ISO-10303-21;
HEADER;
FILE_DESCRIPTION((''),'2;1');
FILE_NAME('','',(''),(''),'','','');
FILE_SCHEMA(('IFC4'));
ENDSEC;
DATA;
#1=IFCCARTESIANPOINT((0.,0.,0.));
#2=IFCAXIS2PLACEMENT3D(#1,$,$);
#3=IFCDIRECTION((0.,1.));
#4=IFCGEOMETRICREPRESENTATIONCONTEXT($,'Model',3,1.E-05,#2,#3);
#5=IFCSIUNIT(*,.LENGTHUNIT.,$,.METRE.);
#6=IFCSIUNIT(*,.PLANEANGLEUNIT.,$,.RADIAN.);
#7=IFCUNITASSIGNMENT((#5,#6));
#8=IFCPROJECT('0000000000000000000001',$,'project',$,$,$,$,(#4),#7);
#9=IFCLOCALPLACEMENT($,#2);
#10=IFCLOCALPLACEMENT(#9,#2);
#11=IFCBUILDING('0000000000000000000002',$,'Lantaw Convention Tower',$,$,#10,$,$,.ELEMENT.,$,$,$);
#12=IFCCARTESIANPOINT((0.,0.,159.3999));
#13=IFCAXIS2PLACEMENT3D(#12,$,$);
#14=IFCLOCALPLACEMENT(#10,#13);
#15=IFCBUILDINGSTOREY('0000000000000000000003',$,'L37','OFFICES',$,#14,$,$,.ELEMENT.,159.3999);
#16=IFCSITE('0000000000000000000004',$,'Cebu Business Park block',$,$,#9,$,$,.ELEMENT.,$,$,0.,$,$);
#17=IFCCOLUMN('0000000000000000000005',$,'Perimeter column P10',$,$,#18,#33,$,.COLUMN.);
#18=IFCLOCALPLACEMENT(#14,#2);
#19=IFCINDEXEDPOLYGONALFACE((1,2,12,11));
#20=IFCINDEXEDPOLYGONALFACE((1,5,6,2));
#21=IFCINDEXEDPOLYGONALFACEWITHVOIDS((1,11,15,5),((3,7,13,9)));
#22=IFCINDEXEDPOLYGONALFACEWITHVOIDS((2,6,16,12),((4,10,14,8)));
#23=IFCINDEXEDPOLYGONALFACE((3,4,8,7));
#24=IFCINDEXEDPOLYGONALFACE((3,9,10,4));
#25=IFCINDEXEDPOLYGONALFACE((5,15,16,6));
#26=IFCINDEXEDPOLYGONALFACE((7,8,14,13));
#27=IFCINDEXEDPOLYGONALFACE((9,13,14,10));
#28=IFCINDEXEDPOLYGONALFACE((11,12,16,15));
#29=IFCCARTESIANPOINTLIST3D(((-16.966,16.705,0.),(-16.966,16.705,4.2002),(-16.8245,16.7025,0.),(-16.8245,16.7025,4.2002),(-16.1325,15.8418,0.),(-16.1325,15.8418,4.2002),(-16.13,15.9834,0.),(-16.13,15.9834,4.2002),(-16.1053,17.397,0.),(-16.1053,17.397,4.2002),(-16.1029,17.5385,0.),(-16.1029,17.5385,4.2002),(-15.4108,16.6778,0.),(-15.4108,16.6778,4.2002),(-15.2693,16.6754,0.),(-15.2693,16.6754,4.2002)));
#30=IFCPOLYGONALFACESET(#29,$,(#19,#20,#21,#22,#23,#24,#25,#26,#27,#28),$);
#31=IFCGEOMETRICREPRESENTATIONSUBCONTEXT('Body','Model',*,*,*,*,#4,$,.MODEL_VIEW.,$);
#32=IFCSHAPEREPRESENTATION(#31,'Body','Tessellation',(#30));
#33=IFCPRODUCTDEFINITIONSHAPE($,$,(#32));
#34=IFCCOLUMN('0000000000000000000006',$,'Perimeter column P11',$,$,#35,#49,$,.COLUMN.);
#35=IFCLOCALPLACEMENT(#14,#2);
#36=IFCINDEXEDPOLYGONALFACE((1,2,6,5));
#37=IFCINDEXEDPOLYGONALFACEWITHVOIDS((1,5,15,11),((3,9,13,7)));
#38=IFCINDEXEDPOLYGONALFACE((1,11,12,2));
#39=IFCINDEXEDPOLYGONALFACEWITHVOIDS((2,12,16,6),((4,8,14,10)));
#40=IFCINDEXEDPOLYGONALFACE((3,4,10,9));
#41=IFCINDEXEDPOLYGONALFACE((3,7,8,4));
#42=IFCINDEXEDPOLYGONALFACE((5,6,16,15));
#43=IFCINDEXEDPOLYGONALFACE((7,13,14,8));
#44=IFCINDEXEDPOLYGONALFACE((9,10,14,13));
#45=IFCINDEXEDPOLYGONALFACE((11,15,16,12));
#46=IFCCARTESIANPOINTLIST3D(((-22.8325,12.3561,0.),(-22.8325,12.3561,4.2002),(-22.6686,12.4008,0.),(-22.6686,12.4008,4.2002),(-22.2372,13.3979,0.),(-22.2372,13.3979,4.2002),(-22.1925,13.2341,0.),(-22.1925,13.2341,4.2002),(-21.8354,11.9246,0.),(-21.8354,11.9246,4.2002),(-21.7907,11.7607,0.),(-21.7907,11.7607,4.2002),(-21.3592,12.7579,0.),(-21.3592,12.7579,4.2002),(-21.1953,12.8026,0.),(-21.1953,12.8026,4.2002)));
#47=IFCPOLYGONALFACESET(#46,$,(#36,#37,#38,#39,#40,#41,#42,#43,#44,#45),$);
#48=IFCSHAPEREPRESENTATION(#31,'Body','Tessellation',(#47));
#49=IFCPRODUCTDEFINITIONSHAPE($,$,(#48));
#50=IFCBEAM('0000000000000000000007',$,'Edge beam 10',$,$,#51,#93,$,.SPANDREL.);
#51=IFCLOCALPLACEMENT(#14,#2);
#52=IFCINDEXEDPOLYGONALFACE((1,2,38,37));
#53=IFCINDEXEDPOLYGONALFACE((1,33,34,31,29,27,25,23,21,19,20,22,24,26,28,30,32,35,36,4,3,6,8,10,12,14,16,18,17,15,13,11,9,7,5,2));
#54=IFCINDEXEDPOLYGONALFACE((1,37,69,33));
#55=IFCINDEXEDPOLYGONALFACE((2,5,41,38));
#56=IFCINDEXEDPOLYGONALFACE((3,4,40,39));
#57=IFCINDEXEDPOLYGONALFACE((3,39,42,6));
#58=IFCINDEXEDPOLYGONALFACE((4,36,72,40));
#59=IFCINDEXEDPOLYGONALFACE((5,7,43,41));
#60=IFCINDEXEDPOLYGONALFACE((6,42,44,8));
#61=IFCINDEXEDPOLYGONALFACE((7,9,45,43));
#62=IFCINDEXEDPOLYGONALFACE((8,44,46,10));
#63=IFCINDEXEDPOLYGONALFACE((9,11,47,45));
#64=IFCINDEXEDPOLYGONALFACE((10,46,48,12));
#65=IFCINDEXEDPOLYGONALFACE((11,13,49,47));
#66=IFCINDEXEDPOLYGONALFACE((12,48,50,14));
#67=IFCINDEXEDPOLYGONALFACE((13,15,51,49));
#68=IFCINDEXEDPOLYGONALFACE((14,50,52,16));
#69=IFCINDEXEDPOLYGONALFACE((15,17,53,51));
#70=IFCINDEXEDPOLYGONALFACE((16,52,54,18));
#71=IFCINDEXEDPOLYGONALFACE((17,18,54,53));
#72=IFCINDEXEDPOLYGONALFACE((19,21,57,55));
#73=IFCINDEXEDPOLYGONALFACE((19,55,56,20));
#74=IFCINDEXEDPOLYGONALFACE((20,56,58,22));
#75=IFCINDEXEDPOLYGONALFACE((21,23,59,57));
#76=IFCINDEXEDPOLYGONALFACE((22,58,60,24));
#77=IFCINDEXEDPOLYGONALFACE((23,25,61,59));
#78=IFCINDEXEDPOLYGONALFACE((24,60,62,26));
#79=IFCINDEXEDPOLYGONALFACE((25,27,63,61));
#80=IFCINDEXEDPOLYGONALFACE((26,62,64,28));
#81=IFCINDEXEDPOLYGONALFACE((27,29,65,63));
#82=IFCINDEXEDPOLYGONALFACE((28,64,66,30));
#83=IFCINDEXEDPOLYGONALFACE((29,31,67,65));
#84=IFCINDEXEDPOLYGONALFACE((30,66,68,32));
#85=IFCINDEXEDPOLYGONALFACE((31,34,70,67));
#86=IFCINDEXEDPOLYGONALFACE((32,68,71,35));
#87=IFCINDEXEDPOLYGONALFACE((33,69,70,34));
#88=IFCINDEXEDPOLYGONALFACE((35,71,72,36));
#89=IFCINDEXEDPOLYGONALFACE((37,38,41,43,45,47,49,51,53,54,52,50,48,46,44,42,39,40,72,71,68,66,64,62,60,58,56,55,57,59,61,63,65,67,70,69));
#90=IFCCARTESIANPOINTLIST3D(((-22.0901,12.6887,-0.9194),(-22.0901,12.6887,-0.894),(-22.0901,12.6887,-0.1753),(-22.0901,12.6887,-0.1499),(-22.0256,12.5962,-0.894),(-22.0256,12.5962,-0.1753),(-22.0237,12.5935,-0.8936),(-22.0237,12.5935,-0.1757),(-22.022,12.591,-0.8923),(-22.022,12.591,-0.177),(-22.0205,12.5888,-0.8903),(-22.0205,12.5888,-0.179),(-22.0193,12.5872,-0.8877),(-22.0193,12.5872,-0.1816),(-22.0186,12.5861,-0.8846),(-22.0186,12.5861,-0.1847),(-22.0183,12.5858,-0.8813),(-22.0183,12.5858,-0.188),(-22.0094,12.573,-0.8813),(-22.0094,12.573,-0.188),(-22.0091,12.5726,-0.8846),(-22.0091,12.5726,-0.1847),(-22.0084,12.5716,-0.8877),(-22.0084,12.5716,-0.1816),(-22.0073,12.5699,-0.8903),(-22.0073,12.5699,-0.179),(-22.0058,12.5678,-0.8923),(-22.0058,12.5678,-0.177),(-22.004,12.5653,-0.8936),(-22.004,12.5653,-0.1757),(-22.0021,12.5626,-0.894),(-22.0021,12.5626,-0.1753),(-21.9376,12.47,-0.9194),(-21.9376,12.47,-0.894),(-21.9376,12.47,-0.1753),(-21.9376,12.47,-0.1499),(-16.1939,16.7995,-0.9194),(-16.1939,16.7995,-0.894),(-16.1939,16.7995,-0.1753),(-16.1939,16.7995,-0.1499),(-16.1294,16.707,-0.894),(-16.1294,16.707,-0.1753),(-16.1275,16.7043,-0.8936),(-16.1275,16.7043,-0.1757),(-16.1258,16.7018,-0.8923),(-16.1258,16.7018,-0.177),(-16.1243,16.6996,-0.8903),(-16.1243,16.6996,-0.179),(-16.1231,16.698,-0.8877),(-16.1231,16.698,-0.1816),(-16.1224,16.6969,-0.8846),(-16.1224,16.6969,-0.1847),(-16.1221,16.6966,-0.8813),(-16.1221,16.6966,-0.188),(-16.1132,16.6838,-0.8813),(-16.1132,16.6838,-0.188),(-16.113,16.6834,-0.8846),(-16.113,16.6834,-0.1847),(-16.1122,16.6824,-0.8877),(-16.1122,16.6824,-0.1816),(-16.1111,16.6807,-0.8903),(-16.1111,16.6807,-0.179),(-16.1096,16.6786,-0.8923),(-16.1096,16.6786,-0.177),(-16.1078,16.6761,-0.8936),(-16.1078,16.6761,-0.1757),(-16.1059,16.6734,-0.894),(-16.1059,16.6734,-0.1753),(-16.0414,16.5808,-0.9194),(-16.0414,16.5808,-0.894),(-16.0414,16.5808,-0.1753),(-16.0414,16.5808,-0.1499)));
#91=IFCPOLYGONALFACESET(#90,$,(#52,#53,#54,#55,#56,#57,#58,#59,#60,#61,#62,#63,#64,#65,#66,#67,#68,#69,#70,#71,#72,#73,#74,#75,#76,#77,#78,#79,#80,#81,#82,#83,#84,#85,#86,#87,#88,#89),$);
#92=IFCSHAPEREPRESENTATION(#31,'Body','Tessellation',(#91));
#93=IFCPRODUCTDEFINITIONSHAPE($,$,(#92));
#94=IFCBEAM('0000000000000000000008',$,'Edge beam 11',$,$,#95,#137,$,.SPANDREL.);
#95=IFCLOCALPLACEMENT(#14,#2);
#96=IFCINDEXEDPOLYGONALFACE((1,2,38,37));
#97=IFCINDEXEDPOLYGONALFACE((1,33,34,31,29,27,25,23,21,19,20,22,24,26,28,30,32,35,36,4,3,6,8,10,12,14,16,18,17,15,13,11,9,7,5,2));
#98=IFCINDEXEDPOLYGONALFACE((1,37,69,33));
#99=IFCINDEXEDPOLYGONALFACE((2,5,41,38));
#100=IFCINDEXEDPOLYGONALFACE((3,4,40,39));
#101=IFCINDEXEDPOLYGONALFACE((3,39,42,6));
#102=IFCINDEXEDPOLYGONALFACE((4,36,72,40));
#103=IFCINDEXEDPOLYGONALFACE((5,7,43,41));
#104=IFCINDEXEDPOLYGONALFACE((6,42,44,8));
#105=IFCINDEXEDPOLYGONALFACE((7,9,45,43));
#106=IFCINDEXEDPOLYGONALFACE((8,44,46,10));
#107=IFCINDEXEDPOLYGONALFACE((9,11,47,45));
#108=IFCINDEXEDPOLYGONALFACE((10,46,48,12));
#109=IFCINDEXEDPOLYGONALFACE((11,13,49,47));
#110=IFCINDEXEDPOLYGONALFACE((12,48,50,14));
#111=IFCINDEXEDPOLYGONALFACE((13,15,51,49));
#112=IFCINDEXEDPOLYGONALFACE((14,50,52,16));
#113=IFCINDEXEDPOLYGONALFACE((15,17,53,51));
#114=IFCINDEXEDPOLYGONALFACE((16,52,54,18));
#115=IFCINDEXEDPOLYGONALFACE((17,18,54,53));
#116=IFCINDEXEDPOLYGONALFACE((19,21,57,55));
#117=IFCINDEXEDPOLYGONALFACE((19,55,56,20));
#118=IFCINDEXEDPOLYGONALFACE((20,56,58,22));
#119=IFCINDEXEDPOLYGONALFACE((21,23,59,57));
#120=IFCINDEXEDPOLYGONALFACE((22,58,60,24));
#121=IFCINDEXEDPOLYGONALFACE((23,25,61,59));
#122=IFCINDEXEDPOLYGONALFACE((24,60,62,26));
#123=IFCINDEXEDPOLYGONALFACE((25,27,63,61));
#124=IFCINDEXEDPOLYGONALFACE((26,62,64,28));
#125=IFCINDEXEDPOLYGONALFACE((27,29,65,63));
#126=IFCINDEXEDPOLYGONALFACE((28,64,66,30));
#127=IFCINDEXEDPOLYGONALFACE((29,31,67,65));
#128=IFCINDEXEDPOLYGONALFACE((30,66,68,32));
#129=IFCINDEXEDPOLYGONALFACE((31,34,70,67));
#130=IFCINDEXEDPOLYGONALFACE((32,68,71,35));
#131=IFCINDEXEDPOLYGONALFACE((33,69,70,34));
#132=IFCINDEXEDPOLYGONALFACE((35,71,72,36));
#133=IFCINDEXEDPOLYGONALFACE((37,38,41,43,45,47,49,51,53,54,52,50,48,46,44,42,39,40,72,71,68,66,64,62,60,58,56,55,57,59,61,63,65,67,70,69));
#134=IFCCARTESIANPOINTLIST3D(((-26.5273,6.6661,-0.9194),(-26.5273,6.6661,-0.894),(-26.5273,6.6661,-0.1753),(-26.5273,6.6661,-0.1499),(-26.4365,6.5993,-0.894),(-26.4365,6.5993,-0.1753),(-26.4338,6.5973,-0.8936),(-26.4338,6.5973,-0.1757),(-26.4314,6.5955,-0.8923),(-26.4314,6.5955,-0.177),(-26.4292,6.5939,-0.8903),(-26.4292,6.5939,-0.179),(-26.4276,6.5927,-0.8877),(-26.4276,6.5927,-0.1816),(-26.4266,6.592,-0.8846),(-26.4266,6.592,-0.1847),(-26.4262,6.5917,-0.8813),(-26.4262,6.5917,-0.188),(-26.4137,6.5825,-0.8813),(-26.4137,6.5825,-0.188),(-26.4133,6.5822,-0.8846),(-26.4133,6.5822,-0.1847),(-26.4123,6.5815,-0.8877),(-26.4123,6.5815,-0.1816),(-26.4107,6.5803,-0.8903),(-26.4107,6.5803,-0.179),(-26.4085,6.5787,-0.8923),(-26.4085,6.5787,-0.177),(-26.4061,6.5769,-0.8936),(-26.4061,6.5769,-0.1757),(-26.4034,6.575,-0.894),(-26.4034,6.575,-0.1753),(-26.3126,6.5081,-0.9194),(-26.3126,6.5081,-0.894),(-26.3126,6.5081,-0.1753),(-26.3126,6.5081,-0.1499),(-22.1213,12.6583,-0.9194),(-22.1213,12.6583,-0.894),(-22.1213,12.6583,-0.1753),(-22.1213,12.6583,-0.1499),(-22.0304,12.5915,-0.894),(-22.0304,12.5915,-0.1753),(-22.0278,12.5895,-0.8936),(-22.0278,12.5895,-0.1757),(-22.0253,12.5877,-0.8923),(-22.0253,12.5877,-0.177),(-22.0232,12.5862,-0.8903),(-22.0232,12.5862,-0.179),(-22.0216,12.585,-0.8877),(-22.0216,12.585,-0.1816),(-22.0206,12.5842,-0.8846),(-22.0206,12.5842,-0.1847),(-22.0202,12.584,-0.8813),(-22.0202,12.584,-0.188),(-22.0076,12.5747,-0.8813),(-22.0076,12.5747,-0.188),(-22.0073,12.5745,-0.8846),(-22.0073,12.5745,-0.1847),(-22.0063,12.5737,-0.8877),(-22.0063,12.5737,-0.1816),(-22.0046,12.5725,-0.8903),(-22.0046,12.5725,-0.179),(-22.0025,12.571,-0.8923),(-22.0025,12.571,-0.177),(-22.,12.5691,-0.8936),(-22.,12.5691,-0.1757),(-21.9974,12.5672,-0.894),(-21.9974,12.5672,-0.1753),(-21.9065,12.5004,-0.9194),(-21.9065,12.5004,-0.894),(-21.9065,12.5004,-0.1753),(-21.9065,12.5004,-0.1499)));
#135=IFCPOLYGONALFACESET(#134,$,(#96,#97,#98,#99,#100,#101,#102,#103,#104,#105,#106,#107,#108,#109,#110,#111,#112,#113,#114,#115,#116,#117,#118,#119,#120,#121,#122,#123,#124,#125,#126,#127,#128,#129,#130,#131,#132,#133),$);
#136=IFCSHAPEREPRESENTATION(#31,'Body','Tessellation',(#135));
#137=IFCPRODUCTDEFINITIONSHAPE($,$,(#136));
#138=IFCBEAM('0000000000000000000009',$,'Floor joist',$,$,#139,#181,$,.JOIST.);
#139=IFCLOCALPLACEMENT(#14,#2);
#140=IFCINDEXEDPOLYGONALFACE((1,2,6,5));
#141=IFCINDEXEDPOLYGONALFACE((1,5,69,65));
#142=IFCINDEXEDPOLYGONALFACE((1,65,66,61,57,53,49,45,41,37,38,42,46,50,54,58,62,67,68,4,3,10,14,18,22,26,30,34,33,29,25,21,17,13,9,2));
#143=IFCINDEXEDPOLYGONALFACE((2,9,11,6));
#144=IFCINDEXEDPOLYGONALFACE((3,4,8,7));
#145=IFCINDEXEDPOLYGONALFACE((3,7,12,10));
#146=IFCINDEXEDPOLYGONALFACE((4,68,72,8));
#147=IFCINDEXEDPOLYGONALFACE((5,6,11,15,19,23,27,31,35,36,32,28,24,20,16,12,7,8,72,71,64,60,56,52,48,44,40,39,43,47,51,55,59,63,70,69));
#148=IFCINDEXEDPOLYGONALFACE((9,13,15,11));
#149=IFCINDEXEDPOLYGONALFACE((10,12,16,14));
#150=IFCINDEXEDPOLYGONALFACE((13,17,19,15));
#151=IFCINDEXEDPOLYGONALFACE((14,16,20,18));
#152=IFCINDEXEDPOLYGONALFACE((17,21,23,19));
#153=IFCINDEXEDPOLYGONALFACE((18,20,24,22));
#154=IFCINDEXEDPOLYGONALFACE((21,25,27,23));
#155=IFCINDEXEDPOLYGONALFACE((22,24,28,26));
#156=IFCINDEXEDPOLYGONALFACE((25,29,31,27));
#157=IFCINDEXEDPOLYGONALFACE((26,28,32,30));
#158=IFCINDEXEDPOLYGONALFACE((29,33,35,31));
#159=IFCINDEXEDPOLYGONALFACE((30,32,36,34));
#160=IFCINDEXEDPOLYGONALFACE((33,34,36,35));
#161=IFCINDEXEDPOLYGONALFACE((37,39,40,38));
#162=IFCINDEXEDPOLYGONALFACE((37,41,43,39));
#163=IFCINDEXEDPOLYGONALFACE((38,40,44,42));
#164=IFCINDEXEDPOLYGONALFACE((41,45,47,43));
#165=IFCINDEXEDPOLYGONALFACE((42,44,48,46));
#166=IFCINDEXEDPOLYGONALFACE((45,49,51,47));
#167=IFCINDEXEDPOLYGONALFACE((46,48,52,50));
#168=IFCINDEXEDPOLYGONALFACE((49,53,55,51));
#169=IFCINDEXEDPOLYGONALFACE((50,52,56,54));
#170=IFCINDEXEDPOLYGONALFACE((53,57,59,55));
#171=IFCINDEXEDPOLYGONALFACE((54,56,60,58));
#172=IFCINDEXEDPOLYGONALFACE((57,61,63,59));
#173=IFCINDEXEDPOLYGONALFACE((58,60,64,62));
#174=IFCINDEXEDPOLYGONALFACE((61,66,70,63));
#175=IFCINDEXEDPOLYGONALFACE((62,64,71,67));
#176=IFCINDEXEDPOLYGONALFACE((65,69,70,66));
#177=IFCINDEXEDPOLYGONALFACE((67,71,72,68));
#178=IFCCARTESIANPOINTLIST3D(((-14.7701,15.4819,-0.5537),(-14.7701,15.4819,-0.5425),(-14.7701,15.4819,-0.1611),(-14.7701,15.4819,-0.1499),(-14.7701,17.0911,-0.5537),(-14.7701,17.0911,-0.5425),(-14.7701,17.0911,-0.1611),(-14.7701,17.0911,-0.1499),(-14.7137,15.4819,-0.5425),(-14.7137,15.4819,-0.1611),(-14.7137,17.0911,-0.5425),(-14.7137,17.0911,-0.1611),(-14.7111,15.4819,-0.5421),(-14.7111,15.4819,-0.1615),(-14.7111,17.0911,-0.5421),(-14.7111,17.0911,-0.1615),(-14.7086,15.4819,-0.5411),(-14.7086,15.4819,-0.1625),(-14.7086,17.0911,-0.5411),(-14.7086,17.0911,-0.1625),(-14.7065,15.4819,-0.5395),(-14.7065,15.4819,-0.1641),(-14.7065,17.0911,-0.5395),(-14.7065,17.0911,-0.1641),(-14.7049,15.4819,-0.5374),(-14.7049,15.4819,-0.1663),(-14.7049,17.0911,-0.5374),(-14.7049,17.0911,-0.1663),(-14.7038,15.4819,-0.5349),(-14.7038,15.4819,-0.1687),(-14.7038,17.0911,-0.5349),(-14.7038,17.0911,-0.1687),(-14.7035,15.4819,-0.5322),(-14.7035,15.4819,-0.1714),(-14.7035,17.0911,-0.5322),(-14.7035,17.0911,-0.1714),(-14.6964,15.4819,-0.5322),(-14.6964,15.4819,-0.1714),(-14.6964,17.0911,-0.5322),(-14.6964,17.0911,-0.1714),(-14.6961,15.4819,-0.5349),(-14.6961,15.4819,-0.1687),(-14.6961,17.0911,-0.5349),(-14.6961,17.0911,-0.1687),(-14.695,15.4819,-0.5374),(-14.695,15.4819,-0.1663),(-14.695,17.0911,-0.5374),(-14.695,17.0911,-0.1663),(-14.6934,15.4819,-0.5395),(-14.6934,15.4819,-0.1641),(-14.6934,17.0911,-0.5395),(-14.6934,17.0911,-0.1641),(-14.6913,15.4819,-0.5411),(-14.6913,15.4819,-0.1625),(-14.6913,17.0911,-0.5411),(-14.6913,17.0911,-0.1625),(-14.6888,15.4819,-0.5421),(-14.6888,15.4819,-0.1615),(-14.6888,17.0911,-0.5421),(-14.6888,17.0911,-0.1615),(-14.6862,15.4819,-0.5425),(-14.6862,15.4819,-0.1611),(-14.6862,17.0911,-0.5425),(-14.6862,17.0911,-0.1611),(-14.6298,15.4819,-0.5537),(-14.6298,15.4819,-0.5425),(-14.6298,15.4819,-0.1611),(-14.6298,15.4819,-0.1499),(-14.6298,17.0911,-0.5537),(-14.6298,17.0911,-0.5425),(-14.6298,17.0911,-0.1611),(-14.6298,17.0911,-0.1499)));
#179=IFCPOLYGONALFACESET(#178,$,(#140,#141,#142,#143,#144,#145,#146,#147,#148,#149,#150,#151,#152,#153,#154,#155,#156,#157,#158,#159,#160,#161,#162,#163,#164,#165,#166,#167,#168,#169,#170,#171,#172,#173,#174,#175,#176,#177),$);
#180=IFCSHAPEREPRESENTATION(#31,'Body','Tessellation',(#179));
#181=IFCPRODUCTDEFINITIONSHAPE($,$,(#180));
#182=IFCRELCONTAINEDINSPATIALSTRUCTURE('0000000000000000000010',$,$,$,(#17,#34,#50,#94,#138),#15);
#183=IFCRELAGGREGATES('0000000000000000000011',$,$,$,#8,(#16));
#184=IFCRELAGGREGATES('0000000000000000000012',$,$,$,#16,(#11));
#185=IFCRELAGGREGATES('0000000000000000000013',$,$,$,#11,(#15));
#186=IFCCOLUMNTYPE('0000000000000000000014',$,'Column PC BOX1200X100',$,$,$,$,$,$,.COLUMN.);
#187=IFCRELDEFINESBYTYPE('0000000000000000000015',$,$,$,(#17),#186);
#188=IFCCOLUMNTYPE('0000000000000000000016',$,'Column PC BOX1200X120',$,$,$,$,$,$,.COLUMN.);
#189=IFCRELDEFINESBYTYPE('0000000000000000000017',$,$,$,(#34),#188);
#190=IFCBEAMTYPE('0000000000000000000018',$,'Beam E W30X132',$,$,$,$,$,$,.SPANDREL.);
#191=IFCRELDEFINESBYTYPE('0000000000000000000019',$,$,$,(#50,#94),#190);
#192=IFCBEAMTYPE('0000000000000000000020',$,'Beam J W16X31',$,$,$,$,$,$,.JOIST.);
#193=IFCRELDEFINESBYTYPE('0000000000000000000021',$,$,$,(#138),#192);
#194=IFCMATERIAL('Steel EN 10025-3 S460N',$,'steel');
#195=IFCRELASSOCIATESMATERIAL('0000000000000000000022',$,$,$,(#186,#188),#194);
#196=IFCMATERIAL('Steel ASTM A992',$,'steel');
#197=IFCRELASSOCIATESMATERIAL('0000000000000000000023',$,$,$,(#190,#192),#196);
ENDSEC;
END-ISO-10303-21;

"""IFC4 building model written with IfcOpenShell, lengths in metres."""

from ifc_helpers import new_model, si_unit, direction, frame, origin, origin_2d, place, context, subcontext, project, spatial, rectangle, hollow_rectangle, i_section, extrude, material, material_profile, profile_set, type_object, element, save


model = new_model("IFC4")

# Units and contexts
model_context = context("Model", 3, precision=1e-05, world=origin(), true_north=direction((0.0, 1.0)))
body_context = subcontext(model_context, "Body", "Model", "MODEL_VIEW")
ifc_project = project(units=[si_unit("LENGTHUNIT", "METRE"), si_unit("PLANEANGLEUNIT", "RADIAN")], contexts=[model_context])

# Site, building, storey
site_placement = place(None, origin())
site = spatial("IfcSite", under=ifc_project, at=site_placement, Name="Cebu Business Park block", CompositionType="ELEMENT", RefElevation=0.0)
building_placement = place(site_placement, origin())
building = spatial("IfcBuilding", under=site, at=building_placement, Name="Lantaw Convention Tower", CompositionType="ELEMENT")
storey_placement = place(building_placement, frame((0.0, 0.0, 159.3999)))
storey = spatial("IfcBuildingStorey", under=building, at=storey_placement, Name="L37", Description="OFFICES", CompositionType="ELEMENT", Elevation=159.3999)

# Columns
ifc_material_1 = material(Name="Steel EN 10025-3 S460N", Category="steel")
ifc_material_profile_1 = material_profile(ifc_material_1, hollow_rectangle(XDim=1.2, YDim=1.2, WallThickness=0.1001, at=origin_2d()), Name="BOX1200X100")
ifc_material_2 = material(Name="Concrete C60/75", Category="concrete")
ifc_material_profile_2 = material_profile(ifc_material_2, rectangle(XDim=1.0, YDim=1.0, at=origin_2d()), Name="Concrete fill of BOX1200X100")
ifc_profile_set_1 = profile_set([ifc_material_profile_1, ifc_material_profile_2], Name="Steel EN 10025-3 S460N")
column_type_1 = type_object("IfcColumnType", Name="Column PC BOX1200X100", PredefinedType="COLUMN", material=ifc_profile_set_1)
column_1_placement = place(storey_placement, frame((-16.1177, 16.6902, 0.0), z_axis=(0.0, 0.0, 1.0), x_axis=(0.71934, 0.694658, 0.0)))
element("IfcColumn", 1, at=column_1_placement, inside=storey, type_object=column_type_1, Name="Perimeter column P10", PredefinedType="COLUMN", context=body_context, shape_type="SweptSolid", body=[
    extrude(hollow_rectangle(XDim=1.2, YDim=1.2, WallThickness=0.1001, at=origin_2d()), origin(), (0.0, 0.0, 1.0), 4.2002),
])
ifc_material_profile_3 = material_profile(ifc_material_1, hollow_rectangle(XDim=1.2, YDim=1.2, WallThickness=0.1201, at=origin_2d()), Name="BOX1200X120")
ifc_material_profile_4 = material_profile(ifc_material_2, rectangle(XDim=0.96, YDim=0.96, at=origin_2d()), Name="Concrete fill of BOX1200X120")
ifc_profile_set_2 = profile_set([ifc_material_profile_3, ifc_material_profile_4], Name="Steel EN 10025-3 S460N")
column_type_2 = type_object("IfcColumnType", Name="Column PC BOX1200X120", PredefinedType="COLUMN", material=ifc_profile_set_2)
column_2_placement = place(storey_placement, frame((-22.0139, 12.5793, 0.0), z_axis=(0.0, 0.0, 1.0), x_axis=(0.496139, 0.868243, 0.0)))
element("IfcColumn", 2, at=column_2_placement, inside=storey, type_object=column_type_2, Name="Perimeter column P11", PredefinedType="COLUMN", context=body_context, shape_type="SweptSolid", body=[
    extrude(hollow_rectangle(XDim=1.2, YDim=1.2, WallThickness=0.1201, at=origin_2d()), origin(), (0.0, 0.0, 1.0), 4.2002),
])

# Beams
ifc_material_3 = material(Name="Steel ASTM A992", Category="steel")
ifc_material_profile_5 = material_profile(ifc_material_3, i_section(OverallWidth=0.2666, OverallDepth=0.7695, WebThickness=0.0156, FlangeThickness=0.0254, FilletRadius=0.0127, at=origin_2d()), Name="W30X132")
ifc_profile_set_3 = profile_set([ifc_material_profile_5], Name="Steel ASTM A992")
beam_type_1 = type_object("IfcBeamType", Name="Beam E W30X132", PredefinedType="SPANDREL", material=ifc_profile_set_3)
beam_1_placement = place(storey_placement, frame((-16.1177, 16.6902, -0.5347), z_axis=(-0.820311, -0.571918, 0.0), x_axis=(0.571918, -0.820311, 0.0)))
element("IfcBeam", 3, at=beam_1_placement, inside=storey, type_object=beam_type_1, Name="Edge beam 10", PredefinedType="SPANDREL", context=body_context, shape_type="SweptSolid", body=[
    extrude(i_section(OverallWidth=0.2666, OverallDepth=0.7695, WebThickness=0.0156, FlangeThickness=0.0254, FilletRadius=0.0127, at=origin_2d()), origin(), (0.0, 0.0, 1.0), 7.1877),
])
beam_2_placement = place(storey_placement, frame((-22.0139, 12.5793, -0.5347), z_axis=(-0.592389, -0.805652, 0.0), x_axis=(0.805652, -0.592389, 0.0)))
element("IfcBeam", 4, at=beam_2_placement, inside=storey, type_object=beam_type_1, Name="Edge beam 11", PredefinedType="SPANDREL", context=body_context, shape_type="SweptSolid", body=[
    extrude(i_section(OverallWidth=0.2666, OverallDepth=0.7695, WebThickness=0.0156, FlangeThickness=0.0254, FilletRadius=0.0127, at=origin_2d()), origin(), (0.0, 0.0, 1.0), 7.4377),
])
ifc_material_profile_6 = material_profile(ifc_material_3, i_section(OverallWidth=0.1404, OverallDepth=0.4038, WebThickness=0.0071, FlangeThickness=0.0112, FilletRadius=0.0103, at=origin_2d()), Name="W16X31")
ifc_profile_set_4 = profile_set([ifc_material_profile_6], Name="Steel ASTM A992")
beam_type_2 = type_object("IfcBeamType", Name="Beam J W16X31", PredefinedType="JOIST", material=ifc_profile_set_4)
beam_3_placement = place(storey_placement, frame((-14.7, 15.4819, -0.3518), z_axis=(0.0, 1.0, 0.0), x_axis=(-1.0, 0.0, 0.0)))
element("IfcBeam", 5, at=beam_3_placement, inside=storey, type_object=beam_type_2, Name="Floor joist", PredefinedType="JOIST", context=body_context, shape_type="SweptSolid", body=[
    extrude(i_section(OverallWidth=0.1404, OverallDepth=0.4038, WebThickness=0.0071, FlangeThickness=0.0112, FilletRadius=0.0103, at=origin_2d()), origin(), (0.0, 0.0, 1.0), 1.6091),
])

save(model, "model.ifc")
